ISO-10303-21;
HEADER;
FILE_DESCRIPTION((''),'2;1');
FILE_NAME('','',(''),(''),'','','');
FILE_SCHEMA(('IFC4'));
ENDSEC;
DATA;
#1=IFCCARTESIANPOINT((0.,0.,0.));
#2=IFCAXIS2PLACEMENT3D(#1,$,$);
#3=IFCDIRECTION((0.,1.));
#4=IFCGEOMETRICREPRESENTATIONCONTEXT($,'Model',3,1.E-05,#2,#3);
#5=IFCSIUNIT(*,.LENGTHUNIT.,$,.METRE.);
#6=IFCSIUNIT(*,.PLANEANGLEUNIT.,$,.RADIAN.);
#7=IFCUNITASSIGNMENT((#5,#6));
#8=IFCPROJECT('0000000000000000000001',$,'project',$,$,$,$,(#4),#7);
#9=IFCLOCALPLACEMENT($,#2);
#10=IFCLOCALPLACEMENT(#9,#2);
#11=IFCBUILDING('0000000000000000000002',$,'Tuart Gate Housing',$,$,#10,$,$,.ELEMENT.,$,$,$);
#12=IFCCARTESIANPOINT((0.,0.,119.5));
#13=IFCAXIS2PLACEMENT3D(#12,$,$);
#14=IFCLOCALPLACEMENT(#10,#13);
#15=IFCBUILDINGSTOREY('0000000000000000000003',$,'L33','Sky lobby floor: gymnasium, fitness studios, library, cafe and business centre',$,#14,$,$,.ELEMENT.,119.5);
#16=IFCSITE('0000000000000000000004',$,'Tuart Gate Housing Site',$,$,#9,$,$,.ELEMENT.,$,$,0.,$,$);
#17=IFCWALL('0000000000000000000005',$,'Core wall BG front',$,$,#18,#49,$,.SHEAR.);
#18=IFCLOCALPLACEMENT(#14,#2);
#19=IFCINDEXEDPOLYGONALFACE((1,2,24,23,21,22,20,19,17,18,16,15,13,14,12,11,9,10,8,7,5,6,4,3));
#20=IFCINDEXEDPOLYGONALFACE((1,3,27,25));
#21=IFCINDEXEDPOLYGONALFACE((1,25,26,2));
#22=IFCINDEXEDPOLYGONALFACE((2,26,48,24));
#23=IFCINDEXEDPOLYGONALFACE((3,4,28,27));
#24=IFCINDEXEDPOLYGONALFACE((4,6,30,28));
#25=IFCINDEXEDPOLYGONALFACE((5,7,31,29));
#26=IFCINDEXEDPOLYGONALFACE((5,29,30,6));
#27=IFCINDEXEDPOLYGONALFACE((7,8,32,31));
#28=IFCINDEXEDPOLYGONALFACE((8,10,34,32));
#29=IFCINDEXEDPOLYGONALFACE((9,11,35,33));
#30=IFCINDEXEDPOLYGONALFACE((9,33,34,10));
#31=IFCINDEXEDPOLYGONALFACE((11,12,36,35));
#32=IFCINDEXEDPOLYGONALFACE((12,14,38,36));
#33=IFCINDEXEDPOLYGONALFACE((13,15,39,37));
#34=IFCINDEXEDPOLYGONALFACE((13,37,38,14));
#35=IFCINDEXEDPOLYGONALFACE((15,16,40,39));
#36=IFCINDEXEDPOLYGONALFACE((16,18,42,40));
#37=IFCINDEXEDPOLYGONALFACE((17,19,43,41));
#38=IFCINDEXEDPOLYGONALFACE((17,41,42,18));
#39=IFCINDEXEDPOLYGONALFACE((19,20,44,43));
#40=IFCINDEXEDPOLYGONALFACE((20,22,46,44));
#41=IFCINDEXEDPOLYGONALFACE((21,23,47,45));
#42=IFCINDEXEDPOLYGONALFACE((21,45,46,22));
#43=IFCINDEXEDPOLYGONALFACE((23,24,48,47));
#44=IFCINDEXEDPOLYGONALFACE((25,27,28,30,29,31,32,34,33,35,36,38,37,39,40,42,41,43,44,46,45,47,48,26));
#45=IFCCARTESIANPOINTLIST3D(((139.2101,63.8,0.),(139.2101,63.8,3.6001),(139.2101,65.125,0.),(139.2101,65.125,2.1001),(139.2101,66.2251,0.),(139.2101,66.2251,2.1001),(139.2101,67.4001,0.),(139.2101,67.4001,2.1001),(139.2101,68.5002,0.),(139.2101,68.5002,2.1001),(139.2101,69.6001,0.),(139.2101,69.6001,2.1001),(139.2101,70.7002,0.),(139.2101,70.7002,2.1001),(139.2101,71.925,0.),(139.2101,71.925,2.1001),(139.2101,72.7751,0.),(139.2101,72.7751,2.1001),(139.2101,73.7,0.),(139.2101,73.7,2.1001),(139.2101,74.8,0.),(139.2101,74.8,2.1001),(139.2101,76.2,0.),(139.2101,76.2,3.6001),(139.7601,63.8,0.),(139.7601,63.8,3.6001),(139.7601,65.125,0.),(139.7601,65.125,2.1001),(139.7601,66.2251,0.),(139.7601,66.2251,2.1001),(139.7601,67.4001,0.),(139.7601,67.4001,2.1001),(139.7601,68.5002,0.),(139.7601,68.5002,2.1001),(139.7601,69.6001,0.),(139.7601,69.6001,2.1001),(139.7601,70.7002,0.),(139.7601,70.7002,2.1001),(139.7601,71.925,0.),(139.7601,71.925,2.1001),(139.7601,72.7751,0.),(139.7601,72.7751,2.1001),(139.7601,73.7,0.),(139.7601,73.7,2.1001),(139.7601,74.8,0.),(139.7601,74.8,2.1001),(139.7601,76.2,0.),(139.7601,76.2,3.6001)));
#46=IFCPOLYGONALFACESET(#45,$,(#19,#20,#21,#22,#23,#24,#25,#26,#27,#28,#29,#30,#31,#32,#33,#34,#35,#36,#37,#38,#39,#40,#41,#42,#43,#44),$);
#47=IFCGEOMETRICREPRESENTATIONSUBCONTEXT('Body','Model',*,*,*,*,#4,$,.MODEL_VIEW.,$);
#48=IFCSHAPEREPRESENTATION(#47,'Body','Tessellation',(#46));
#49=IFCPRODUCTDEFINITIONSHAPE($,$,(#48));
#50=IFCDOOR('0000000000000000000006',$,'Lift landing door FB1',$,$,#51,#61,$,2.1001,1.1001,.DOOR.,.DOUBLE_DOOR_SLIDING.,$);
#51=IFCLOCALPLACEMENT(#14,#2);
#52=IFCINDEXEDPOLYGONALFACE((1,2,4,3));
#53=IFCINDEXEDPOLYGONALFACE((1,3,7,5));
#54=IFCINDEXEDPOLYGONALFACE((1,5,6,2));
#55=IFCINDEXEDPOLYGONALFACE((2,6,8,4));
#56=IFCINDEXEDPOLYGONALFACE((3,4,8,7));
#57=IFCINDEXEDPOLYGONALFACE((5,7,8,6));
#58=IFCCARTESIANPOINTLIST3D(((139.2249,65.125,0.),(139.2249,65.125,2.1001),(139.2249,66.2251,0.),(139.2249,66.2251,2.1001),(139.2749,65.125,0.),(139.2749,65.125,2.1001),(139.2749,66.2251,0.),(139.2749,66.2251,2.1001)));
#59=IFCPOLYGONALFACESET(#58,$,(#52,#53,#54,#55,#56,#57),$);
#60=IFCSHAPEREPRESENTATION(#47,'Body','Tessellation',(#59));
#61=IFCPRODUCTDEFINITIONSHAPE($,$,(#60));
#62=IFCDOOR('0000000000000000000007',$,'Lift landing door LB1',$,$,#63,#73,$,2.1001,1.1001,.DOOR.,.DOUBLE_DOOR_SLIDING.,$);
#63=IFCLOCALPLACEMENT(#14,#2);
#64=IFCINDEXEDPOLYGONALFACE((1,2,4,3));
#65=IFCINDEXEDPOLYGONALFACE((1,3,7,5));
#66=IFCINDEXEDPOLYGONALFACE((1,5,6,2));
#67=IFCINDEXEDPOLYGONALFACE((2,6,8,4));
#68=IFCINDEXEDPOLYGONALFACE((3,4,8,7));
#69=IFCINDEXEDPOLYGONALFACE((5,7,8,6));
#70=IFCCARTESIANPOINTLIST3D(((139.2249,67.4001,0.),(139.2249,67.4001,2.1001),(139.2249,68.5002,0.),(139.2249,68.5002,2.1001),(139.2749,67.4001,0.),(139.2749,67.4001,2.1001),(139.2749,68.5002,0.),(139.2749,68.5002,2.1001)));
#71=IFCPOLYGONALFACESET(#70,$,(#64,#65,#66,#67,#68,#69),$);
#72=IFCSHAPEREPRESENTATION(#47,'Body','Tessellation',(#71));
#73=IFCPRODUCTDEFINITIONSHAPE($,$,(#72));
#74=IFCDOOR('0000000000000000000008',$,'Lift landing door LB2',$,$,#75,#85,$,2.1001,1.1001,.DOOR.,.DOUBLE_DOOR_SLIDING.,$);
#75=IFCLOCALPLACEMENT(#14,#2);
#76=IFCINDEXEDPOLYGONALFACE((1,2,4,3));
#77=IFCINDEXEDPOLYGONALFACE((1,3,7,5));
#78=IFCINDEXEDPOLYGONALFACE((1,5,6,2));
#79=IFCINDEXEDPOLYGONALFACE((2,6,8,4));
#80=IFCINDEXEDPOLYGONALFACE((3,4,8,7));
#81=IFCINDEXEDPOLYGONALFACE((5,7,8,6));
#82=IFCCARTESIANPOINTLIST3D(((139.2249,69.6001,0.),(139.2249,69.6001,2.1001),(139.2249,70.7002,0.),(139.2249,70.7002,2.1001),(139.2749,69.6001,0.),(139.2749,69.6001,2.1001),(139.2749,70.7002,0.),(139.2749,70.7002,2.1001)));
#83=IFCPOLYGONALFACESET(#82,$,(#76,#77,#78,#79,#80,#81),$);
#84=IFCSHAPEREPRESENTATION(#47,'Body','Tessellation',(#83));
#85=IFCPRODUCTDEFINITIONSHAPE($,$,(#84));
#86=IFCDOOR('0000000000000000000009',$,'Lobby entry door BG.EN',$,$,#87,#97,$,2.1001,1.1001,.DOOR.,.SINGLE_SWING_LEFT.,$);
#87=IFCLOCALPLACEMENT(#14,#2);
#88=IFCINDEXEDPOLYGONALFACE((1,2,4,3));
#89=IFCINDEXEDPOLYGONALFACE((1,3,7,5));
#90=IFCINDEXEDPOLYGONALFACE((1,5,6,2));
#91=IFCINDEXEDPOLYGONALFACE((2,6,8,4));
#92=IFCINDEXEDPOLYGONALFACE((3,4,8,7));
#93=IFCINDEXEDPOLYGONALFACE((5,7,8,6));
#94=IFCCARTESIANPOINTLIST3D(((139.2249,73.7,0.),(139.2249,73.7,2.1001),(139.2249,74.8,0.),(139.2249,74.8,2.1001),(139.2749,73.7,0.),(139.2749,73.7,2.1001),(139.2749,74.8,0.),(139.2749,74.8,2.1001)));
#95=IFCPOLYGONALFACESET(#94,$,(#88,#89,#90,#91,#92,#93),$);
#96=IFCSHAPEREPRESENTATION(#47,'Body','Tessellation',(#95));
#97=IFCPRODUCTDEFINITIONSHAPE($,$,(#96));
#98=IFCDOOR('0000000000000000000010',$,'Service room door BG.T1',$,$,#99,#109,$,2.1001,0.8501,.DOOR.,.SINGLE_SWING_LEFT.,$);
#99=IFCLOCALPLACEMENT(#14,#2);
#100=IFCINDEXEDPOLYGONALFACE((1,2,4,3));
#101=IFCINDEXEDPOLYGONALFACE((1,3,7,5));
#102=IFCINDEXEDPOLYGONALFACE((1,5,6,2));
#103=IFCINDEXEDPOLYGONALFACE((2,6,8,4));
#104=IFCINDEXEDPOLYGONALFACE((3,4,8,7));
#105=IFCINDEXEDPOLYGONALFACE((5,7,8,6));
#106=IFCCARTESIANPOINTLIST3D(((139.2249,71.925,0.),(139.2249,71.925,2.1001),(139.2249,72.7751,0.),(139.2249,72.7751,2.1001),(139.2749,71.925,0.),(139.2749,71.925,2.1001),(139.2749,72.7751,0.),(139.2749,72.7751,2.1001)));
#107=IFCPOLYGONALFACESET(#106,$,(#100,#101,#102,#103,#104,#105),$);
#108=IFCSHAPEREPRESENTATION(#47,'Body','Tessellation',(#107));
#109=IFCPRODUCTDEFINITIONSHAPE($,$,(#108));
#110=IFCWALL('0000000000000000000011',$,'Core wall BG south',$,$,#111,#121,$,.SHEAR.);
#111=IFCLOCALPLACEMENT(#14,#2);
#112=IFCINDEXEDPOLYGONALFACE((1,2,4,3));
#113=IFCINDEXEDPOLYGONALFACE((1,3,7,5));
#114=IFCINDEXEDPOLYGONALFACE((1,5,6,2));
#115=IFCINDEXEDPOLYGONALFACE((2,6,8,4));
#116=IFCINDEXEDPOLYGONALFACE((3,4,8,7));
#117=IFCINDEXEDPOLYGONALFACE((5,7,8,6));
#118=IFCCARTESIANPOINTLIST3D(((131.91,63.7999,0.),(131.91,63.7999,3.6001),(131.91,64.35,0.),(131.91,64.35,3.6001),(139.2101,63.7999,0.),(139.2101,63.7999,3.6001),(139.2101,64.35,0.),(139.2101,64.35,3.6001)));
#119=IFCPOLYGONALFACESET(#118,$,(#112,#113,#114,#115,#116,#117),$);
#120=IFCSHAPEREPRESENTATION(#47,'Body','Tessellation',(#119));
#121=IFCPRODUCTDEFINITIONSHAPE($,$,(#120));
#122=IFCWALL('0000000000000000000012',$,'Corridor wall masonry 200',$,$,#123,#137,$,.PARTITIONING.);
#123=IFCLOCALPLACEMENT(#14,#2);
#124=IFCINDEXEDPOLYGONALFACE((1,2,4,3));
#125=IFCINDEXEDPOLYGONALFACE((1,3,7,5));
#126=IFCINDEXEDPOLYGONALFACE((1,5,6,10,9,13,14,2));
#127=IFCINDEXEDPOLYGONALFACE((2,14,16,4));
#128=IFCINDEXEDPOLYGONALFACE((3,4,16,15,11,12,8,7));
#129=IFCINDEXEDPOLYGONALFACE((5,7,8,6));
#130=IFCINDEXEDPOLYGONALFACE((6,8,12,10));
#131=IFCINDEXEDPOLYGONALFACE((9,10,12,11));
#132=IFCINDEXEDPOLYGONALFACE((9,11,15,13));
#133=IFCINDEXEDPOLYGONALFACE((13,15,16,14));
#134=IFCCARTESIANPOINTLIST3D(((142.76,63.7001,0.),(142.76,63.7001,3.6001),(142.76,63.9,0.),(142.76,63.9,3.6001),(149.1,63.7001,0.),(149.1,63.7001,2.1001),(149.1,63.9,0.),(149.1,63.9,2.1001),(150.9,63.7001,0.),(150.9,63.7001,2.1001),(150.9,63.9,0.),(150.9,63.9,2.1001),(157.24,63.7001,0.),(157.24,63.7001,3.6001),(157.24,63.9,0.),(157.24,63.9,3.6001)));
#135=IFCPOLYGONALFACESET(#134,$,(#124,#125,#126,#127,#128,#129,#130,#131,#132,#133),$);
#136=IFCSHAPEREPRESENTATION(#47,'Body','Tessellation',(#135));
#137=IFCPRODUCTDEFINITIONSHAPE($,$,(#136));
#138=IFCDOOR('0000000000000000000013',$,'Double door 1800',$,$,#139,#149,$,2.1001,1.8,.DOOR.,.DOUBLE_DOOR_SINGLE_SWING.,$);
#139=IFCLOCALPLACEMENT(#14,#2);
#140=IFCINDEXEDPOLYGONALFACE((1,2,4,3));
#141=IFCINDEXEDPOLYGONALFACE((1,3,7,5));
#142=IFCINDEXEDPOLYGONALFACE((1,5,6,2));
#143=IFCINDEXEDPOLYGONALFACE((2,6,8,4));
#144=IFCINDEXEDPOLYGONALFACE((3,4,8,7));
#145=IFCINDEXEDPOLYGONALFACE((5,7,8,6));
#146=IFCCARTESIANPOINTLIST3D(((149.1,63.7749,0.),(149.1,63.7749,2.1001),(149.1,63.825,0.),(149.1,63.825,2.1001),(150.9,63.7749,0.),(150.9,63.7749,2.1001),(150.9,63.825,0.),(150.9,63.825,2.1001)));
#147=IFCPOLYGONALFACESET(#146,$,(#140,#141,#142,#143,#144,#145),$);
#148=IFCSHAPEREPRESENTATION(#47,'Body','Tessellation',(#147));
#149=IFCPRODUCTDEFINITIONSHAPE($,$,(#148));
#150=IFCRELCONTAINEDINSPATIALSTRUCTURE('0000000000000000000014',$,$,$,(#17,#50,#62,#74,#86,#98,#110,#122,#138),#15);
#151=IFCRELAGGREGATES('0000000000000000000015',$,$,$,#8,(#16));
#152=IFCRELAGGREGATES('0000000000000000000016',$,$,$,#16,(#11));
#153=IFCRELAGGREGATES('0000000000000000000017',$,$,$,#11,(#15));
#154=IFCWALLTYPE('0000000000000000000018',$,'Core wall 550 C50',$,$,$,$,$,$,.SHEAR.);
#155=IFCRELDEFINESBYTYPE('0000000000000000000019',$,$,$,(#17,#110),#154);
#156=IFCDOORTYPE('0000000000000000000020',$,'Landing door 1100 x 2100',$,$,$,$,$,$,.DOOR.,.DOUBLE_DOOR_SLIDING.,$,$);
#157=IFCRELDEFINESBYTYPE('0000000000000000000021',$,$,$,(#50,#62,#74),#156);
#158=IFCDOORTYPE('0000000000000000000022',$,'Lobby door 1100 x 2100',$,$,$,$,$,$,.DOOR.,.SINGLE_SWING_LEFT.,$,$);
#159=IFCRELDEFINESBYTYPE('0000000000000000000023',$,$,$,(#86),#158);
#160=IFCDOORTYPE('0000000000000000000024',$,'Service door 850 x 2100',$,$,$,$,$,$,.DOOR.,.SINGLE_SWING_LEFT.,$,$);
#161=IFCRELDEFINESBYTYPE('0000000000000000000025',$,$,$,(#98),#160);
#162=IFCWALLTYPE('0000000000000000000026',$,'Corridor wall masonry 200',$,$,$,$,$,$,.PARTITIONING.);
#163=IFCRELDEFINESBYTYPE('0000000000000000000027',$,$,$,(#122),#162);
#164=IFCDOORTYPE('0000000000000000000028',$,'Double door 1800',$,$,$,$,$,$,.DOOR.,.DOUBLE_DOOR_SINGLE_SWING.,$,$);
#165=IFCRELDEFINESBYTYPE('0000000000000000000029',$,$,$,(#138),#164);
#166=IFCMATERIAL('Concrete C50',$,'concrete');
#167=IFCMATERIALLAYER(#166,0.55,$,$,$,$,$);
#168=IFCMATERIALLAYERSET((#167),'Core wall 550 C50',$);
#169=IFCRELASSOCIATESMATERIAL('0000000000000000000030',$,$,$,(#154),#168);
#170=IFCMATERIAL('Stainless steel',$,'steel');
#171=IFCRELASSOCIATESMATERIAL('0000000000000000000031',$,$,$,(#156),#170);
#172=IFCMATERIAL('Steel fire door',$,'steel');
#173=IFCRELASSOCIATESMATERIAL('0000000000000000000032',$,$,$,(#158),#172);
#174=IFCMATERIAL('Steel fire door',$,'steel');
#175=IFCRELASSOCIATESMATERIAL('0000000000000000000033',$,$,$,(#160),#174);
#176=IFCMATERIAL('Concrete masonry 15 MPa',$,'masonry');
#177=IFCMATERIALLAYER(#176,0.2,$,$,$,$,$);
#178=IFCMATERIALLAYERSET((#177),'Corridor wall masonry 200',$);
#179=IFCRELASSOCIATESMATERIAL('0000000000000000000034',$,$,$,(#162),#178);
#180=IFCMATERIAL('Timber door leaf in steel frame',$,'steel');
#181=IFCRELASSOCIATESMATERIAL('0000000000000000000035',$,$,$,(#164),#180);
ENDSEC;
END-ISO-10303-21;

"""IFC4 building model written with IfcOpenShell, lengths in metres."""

from ifc_helpers import new_model, si_unit, direction, frame, frame_2d, origin, place, context, subcontext, project, spatial, rectangle, extrude, material, layer, layer_set, type_object, element, fill, save


model = new_model("IFC4")

# Units and contexts
model_context = context("Model", 3, precision=1e-05, world=origin(), true_north=direction((0.0, 1.0)))
body_context = subcontext(model_context, "Body", "Model", "MODEL_VIEW")
ifc_project = project(units=[si_unit("LENGTHUNIT", "METRE"), si_unit("PLANEANGLEUNIT", "RADIAN")], contexts=[model_context])

# Site, building, storey
site_placement = place(None, origin())
site = spatial("IfcSite", under=ifc_project, at=site_placement, Name="Tuart Gate Housing Site", CompositionType="ELEMENT", RefElevation=0.0)
building_placement = place(site_placement, origin())
building = spatial("IfcBuilding", under=site, at=building_placement, Name="Tuart Gate Housing", CompositionType="ELEMENT")
storey_placement = place(building_placement, frame((0.0, 0.0, 119.5)))
storey = spatial("IfcBuildingStorey", under=building, at=storey_placement, Name="L33", Description="Sky lobby floor: gymnasium, fitness studios, library, cafe and business centre", CompositionType="ELEMENT", Elevation=119.5)

# Wall, openings, doors
ifc_material_1 = material(Name="Concrete C50", Category="concrete")
ifc_layer_1 = layer(ifc_material_1, 0.55)
ifc_layer_set_1 = layer_set([ifc_layer_1], Name="Core wall 550 C50")
wall_type_1 = type_object("IfcWallType", Name="Core wall 550 C50", PredefinedType="SHEAR", material=ifc_layer_set_1)
wall_1_placement = place(storey_placement, frame((139.4851, 63.8, 0.0), z_axis=(0.0, 0.0, 1.0), x_axis=(0.0, 1.0, 0.0)))
wall_1 = element("IfcWall", 1, at=wall_1_placement, inside=storey, type_object=wall_type_1, Name="Core wall BG front", PredefinedType="SHEAR", context=body_context, shape_type="SweptSolid", body=[
    extrude(rectangle(XDim=12.3999, YDim=0.55, at=frame_2d((6.2, 0.0))), origin(), (0.0, 0.0, 1.0), 3.6001),
])
opening_1_placement = place(wall_1_placement, frame((1.325, 0.0, 0.0)))
opening_1 = element("IfcOpeningElement", 2, at=opening_1_placement, cuts=wall_1, PredefinedType="OPENING", context=body_context, shape_type="SweptSolid", body=[
    extrude(rectangle(XDim=1.1001, YDim=2.1001, at=frame_2d((0.55, 1.05))), frame((0.0, 0.2849, 0.0), z_axis=(0.0, -1.0, 0.0), x_axis=(1.0, 0.0, 0.0)), (0.0, 0.0, 1.0), 0.5701),
])
opening_2_placement = place(wall_1_placement, frame((3.6001, 0.0, 0.0)))
opening_2 = element("IfcOpeningElement", 3, at=opening_2_placement, cuts=wall_1, PredefinedType="OPENING", context=body_context, shape_type="SweptSolid", body=[
    extrude(rectangle(XDim=1.1001, YDim=2.1001, at=frame_2d((0.55, 1.05))), frame((0.0, 0.2849, 0.0), z_axis=(0.0, -1.0, 0.0), x_axis=(1.0, 0.0, 0.0)), (0.0, 0.0, 1.0), 0.5701),
])
opening_3_placement = place(wall_1_placement, frame((5.8, 0.0, 0.0)))
opening_3 = element("IfcOpeningElement", 4, at=opening_3_placement, cuts=wall_1, PredefinedType="OPENING", context=body_context, shape_type="SweptSolid", body=[
    extrude(rectangle(XDim=1.1001, YDim=2.1001, at=frame_2d((0.55, 1.05))), frame((0.0, 0.2849, 0.0), z_axis=(0.0, -1.0, 0.0), x_axis=(1.0, 0.0, 0.0)), (0.0, 0.0, 1.0), 0.5701),
])
opening_4_placement = place(wall_1_placement, frame((9.8999, 0.0, 0.0)))
opening_4 = element("IfcOpeningElement", 5, at=opening_4_placement, cuts=wall_1, PredefinedType="OPENING", context=body_context, shape_type="SweptSolid", body=[
    extrude(rectangle(XDim=1.1001, YDim=2.1001, at=frame_2d((0.55, 1.05))), frame((0.0, 0.2849, 0.0), z_axis=(0.0, -1.0, 0.0), x_axis=(1.0, 0.0, 0.0)), (0.0, 0.0, 1.0), 0.5701),
])
opening_5_placement = place(wall_1_placement, frame((8.125, 0.0, 0.0)))
opening_5 = element("IfcOpeningElement", 6, at=opening_5_placement, cuts=wall_1, PredefinedType="OPENING", context=body_context, shape_type="SweptSolid", body=[
    extrude(rectangle(XDim=0.8501, YDim=2.1001, at=frame_2d((0.425, 1.05))), frame((0.0, 0.2849, 0.0), z_axis=(0.0, -1.0, 0.0), x_axis=(1.0, 0.0, 0.0)), (0.0, 0.0, 1.0), 0.5701),
])
ifc_material_2 = material(Name="Stainless steel", Category="steel")
door_type_1 = type_object("IfcDoorType", Name="Landing door 1100 x 2100", OperationType="DOUBLE_DOOR_SLIDING", PredefinedType="DOOR", material=ifc_material_2)
door_1_placement = place(opening_1_placement, origin())
door_1 = element("IfcDoor", 7, at=door_1_placement, inside=storey, type_object=door_type_1, Name="Lift landing door FB1", OperationType="DOUBLE_DOOR_SLIDING", OverallHeight=2.1001, OverallWidth=1.1001, PredefinedType="DOOR", context=body_context, shape_type="SweptSolid", body=[
    extrude(rectangle(XDim=1.1001, YDim=2.1001, at=frame_2d((0.55, 1.05))), frame((0.0, 0.2603, 0.0), z_axis=(0.0, -1.0, 0.0), x_axis=(1.0, 0.0, 0.0)), (0.0, 0.0, 1.0), 0.05),
])
fill(opening_1, door_1)
door_2_placement = place(opening_2_placement, origin())
door_2 = element("IfcDoor", 8, at=door_2_placement, inside=storey, type_object=door_type_1, Name="Lift landing door LB1", OperationType="DOUBLE_DOOR_SLIDING", OverallHeight=2.1001, OverallWidth=1.1001, PredefinedType="DOOR", context=body_context, shape_type="SweptSolid", body=[
    extrude(rectangle(XDim=1.1001, YDim=2.1001, at=frame_2d((0.55, 1.05))), frame((0.0, 0.2603, 0.0), z_axis=(0.0, -1.0, 0.0), x_axis=(1.0, 0.0, 0.0)), (0.0, 0.0, 1.0), 0.05),
])
fill(opening_2, door_2)
door_3_placement = place(opening_3_placement, origin())
door_3 = element("IfcDoor", 9, at=door_3_placement, inside=storey, type_object=door_type_1, Name="Lift landing door LB2", OperationType="DOUBLE_DOOR_SLIDING", OverallHeight=2.1001, OverallWidth=1.1001, PredefinedType="DOOR", context=body_context, shape_type="SweptSolid", body=[
    extrude(rectangle(XDim=1.1001, YDim=2.1001, at=frame_2d((0.55, 1.05))), frame((0.0, 0.2603, 0.0), z_axis=(0.0, -1.0, 0.0), x_axis=(1.0, 0.0, 0.0)), (0.0, 0.0, 1.0), 0.05),
])
fill(opening_3, door_3)
ifc_material_3 = material(Name="Steel fire door", Category="steel")
door_type_2 = type_object("IfcDoorType", Name="Lobby door 1100 x 2100", OperationType="SINGLE_SWING_LEFT", PredefinedType="DOOR", material=ifc_material_3)
door_4_placement = place(opening_4_placement, origin())
door_4 = element("IfcDoor", 10, at=door_4_placement, inside=storey, type_object=door_type_2, Name="Lobby entry door BG.EN", OperationType="SINGLE_SWING_LEFT", OverallHeight=2.1001, OverallWidth=1.1001, PredefinedType="DOOR", context=body_context, shape_type="SweptSolid", body=[
    extrude(rectangle(XDim=1.1001, YDim=2.1001, at=frame_2d((0.55, 1.05))), frame((0.0, 0.2603, 0.0), z_axis=(0.0, -1.0, 0.0), x_axis=(1.0, 0.0, 0.0)), (0.0, 0.0, 1.0), 0.05),
])
fill(opening_4, door_4)
ifc_material_4 = material(Name="Steel fire door", Category="steel")
door_type_3 = type_object("IfcDoorType", Name="Service door 850 x 2100", OperationType="SINGLE_SWING_LEFT", PredefinedType="DOOR", material=ifc_material_4)
door_5_placement = place(opening_5_placement, origin())
door_5 = element("IfcDoor", 11, at=door_5_placement, inside=storey, type_object=door_type_3, Name="Service room door BG.T1", OperationType="SINGLE_SWING_LEFT", OverallHeight=2.1001, OverallWidth=0.8501, PredefinedType="DOOR", context=body_context, shape_type="SweptSolid", body=[
    extrude(rectangle(XDim=0.8501, YDim=2.1001, at=frame_2d((0.425, 1.05))), frame((0.0, 0.2603, 0.0), z_axis=(0.0, -1.0, 0.0), x_axis=(1.0, 0.0, 0.0)), (0.0, 0.0, 1.0), 0.05),
])
fill(opening_5, door_5)

# Wall
wall_2_placement = place(storey_placement, frame((139.21, 64.075, 0.0), z_axis=(0.0, 0.0, 1.0), x_axis=(-1.0, 0.0, 0.0)))
element("IfcWall", 12, at=wall_2_placement, inside=storey, type_object=wall_type_1, Name="Core wall BG south", PredefinedType="SHEAR", context=body_context, shape_type="SweptSolid", body=[
    extrude(rectangle(XDim=7.3, YDim=0.55, at=frame_2d((3.6499, 0.0))), origin(), (0.0, 0.0, 1.0), 3.6001),
])

# Wall, opening, door
ifc_material_5 = material(Name="Concrete masonry 15 MPa", Category="masonry")
ifc_layer_2 = layer(ifc_material_5, 0.2)
ifc_layer_set_2 = layer_set([ifc_layer_2], Name="Corridor wall masonry 200")
wall_type_2 = type_object("IfcWallType", Name="Corridor wall masonry 200", PredefinedType="PARTITIONING", material=ifc_layer_set_2)
wall_3_placement = place(storey_placement, frame((142.76, 63.8, 0.0), z_axis=(0.0, 0.0, 1.0), x_axis=(1.0, 0.0, 0.0)))
wall_3 = element("IfcWall", 13, at=wall_3_placement, inside=storey, type_object=wall_type_2, Name="Corridor wall masonry 200", PredefinedType="PARTITIONING", context=body_context, shape_type="SweptSolid", body=[
    extrude(rectangle(XDim=14.48, YDim=0.2, at=frame_2d((7.24, 0.0))), origin(), (0.0, 0.0, 1.0), 3.6001),
])
opening_6_placement = place(wall_3_placement, frame((6.3401, 0.0, 0.0)))
opening_6 = element("IfcOpeningElement", 14, at=opening_6_placement, cuts=wall_3, PredefinedType="OPENING", context=body_context, shape_type="SweptSolid", body=[
    extrude(rectangle(XDim=1.8, YDim=2.1001, at=frame_2d((0.8999, 1.05))), frame((0.0, 0.1099, 0.0), z_axis=(0.0, -1.0, 0.0), x_axis=(1.0, 0.0, 0.0)), (0.0, 0.0, 1.0), 0.22),
])
ifc_material_6 = material(Name="Timber door leaf in steel frame", Category="steel")
door_type_4 = type_object("IfcDoorType", Name="Double door 1800", OperationType="DOUBLE_DOOR_SINGLE_SWING", PredefinedType="DOOR", material=ifc_material_6)
door_6_placement = place(opening_6_placement, frame((1.8, 0.0, 0.0), z_axis=(0.0, 0.0, 1.0), x_axis=(-1.0, 0.0, 0.0)))
door_6 = element("IfcDoor", 15, at=door_6_placement, inside=storey, type_object=door_type_4, Name="Double door 1800", OperationType="DOUBLE_DOOR_SINGLE_SWING", OverallHeight=2.1001, OverallWidth=1.8, PredefinedType="DOOR", context=body_context, shape_type="SweptSolid", body=[
    extrude(rectangle(XDim=1.8, YDim=2.1001, at=frame_2d((0.9001, 1.05))), frame((0.0, 0.0251, 0.0), z_axis=(0.0, -1.0, 0.0), x_axis=(1.0, 0.0, 0.0)), (0.0, 0.0, 1.0), 0.05),
])
fill(opening_6, door_6)

save(model, "model.ifc")
